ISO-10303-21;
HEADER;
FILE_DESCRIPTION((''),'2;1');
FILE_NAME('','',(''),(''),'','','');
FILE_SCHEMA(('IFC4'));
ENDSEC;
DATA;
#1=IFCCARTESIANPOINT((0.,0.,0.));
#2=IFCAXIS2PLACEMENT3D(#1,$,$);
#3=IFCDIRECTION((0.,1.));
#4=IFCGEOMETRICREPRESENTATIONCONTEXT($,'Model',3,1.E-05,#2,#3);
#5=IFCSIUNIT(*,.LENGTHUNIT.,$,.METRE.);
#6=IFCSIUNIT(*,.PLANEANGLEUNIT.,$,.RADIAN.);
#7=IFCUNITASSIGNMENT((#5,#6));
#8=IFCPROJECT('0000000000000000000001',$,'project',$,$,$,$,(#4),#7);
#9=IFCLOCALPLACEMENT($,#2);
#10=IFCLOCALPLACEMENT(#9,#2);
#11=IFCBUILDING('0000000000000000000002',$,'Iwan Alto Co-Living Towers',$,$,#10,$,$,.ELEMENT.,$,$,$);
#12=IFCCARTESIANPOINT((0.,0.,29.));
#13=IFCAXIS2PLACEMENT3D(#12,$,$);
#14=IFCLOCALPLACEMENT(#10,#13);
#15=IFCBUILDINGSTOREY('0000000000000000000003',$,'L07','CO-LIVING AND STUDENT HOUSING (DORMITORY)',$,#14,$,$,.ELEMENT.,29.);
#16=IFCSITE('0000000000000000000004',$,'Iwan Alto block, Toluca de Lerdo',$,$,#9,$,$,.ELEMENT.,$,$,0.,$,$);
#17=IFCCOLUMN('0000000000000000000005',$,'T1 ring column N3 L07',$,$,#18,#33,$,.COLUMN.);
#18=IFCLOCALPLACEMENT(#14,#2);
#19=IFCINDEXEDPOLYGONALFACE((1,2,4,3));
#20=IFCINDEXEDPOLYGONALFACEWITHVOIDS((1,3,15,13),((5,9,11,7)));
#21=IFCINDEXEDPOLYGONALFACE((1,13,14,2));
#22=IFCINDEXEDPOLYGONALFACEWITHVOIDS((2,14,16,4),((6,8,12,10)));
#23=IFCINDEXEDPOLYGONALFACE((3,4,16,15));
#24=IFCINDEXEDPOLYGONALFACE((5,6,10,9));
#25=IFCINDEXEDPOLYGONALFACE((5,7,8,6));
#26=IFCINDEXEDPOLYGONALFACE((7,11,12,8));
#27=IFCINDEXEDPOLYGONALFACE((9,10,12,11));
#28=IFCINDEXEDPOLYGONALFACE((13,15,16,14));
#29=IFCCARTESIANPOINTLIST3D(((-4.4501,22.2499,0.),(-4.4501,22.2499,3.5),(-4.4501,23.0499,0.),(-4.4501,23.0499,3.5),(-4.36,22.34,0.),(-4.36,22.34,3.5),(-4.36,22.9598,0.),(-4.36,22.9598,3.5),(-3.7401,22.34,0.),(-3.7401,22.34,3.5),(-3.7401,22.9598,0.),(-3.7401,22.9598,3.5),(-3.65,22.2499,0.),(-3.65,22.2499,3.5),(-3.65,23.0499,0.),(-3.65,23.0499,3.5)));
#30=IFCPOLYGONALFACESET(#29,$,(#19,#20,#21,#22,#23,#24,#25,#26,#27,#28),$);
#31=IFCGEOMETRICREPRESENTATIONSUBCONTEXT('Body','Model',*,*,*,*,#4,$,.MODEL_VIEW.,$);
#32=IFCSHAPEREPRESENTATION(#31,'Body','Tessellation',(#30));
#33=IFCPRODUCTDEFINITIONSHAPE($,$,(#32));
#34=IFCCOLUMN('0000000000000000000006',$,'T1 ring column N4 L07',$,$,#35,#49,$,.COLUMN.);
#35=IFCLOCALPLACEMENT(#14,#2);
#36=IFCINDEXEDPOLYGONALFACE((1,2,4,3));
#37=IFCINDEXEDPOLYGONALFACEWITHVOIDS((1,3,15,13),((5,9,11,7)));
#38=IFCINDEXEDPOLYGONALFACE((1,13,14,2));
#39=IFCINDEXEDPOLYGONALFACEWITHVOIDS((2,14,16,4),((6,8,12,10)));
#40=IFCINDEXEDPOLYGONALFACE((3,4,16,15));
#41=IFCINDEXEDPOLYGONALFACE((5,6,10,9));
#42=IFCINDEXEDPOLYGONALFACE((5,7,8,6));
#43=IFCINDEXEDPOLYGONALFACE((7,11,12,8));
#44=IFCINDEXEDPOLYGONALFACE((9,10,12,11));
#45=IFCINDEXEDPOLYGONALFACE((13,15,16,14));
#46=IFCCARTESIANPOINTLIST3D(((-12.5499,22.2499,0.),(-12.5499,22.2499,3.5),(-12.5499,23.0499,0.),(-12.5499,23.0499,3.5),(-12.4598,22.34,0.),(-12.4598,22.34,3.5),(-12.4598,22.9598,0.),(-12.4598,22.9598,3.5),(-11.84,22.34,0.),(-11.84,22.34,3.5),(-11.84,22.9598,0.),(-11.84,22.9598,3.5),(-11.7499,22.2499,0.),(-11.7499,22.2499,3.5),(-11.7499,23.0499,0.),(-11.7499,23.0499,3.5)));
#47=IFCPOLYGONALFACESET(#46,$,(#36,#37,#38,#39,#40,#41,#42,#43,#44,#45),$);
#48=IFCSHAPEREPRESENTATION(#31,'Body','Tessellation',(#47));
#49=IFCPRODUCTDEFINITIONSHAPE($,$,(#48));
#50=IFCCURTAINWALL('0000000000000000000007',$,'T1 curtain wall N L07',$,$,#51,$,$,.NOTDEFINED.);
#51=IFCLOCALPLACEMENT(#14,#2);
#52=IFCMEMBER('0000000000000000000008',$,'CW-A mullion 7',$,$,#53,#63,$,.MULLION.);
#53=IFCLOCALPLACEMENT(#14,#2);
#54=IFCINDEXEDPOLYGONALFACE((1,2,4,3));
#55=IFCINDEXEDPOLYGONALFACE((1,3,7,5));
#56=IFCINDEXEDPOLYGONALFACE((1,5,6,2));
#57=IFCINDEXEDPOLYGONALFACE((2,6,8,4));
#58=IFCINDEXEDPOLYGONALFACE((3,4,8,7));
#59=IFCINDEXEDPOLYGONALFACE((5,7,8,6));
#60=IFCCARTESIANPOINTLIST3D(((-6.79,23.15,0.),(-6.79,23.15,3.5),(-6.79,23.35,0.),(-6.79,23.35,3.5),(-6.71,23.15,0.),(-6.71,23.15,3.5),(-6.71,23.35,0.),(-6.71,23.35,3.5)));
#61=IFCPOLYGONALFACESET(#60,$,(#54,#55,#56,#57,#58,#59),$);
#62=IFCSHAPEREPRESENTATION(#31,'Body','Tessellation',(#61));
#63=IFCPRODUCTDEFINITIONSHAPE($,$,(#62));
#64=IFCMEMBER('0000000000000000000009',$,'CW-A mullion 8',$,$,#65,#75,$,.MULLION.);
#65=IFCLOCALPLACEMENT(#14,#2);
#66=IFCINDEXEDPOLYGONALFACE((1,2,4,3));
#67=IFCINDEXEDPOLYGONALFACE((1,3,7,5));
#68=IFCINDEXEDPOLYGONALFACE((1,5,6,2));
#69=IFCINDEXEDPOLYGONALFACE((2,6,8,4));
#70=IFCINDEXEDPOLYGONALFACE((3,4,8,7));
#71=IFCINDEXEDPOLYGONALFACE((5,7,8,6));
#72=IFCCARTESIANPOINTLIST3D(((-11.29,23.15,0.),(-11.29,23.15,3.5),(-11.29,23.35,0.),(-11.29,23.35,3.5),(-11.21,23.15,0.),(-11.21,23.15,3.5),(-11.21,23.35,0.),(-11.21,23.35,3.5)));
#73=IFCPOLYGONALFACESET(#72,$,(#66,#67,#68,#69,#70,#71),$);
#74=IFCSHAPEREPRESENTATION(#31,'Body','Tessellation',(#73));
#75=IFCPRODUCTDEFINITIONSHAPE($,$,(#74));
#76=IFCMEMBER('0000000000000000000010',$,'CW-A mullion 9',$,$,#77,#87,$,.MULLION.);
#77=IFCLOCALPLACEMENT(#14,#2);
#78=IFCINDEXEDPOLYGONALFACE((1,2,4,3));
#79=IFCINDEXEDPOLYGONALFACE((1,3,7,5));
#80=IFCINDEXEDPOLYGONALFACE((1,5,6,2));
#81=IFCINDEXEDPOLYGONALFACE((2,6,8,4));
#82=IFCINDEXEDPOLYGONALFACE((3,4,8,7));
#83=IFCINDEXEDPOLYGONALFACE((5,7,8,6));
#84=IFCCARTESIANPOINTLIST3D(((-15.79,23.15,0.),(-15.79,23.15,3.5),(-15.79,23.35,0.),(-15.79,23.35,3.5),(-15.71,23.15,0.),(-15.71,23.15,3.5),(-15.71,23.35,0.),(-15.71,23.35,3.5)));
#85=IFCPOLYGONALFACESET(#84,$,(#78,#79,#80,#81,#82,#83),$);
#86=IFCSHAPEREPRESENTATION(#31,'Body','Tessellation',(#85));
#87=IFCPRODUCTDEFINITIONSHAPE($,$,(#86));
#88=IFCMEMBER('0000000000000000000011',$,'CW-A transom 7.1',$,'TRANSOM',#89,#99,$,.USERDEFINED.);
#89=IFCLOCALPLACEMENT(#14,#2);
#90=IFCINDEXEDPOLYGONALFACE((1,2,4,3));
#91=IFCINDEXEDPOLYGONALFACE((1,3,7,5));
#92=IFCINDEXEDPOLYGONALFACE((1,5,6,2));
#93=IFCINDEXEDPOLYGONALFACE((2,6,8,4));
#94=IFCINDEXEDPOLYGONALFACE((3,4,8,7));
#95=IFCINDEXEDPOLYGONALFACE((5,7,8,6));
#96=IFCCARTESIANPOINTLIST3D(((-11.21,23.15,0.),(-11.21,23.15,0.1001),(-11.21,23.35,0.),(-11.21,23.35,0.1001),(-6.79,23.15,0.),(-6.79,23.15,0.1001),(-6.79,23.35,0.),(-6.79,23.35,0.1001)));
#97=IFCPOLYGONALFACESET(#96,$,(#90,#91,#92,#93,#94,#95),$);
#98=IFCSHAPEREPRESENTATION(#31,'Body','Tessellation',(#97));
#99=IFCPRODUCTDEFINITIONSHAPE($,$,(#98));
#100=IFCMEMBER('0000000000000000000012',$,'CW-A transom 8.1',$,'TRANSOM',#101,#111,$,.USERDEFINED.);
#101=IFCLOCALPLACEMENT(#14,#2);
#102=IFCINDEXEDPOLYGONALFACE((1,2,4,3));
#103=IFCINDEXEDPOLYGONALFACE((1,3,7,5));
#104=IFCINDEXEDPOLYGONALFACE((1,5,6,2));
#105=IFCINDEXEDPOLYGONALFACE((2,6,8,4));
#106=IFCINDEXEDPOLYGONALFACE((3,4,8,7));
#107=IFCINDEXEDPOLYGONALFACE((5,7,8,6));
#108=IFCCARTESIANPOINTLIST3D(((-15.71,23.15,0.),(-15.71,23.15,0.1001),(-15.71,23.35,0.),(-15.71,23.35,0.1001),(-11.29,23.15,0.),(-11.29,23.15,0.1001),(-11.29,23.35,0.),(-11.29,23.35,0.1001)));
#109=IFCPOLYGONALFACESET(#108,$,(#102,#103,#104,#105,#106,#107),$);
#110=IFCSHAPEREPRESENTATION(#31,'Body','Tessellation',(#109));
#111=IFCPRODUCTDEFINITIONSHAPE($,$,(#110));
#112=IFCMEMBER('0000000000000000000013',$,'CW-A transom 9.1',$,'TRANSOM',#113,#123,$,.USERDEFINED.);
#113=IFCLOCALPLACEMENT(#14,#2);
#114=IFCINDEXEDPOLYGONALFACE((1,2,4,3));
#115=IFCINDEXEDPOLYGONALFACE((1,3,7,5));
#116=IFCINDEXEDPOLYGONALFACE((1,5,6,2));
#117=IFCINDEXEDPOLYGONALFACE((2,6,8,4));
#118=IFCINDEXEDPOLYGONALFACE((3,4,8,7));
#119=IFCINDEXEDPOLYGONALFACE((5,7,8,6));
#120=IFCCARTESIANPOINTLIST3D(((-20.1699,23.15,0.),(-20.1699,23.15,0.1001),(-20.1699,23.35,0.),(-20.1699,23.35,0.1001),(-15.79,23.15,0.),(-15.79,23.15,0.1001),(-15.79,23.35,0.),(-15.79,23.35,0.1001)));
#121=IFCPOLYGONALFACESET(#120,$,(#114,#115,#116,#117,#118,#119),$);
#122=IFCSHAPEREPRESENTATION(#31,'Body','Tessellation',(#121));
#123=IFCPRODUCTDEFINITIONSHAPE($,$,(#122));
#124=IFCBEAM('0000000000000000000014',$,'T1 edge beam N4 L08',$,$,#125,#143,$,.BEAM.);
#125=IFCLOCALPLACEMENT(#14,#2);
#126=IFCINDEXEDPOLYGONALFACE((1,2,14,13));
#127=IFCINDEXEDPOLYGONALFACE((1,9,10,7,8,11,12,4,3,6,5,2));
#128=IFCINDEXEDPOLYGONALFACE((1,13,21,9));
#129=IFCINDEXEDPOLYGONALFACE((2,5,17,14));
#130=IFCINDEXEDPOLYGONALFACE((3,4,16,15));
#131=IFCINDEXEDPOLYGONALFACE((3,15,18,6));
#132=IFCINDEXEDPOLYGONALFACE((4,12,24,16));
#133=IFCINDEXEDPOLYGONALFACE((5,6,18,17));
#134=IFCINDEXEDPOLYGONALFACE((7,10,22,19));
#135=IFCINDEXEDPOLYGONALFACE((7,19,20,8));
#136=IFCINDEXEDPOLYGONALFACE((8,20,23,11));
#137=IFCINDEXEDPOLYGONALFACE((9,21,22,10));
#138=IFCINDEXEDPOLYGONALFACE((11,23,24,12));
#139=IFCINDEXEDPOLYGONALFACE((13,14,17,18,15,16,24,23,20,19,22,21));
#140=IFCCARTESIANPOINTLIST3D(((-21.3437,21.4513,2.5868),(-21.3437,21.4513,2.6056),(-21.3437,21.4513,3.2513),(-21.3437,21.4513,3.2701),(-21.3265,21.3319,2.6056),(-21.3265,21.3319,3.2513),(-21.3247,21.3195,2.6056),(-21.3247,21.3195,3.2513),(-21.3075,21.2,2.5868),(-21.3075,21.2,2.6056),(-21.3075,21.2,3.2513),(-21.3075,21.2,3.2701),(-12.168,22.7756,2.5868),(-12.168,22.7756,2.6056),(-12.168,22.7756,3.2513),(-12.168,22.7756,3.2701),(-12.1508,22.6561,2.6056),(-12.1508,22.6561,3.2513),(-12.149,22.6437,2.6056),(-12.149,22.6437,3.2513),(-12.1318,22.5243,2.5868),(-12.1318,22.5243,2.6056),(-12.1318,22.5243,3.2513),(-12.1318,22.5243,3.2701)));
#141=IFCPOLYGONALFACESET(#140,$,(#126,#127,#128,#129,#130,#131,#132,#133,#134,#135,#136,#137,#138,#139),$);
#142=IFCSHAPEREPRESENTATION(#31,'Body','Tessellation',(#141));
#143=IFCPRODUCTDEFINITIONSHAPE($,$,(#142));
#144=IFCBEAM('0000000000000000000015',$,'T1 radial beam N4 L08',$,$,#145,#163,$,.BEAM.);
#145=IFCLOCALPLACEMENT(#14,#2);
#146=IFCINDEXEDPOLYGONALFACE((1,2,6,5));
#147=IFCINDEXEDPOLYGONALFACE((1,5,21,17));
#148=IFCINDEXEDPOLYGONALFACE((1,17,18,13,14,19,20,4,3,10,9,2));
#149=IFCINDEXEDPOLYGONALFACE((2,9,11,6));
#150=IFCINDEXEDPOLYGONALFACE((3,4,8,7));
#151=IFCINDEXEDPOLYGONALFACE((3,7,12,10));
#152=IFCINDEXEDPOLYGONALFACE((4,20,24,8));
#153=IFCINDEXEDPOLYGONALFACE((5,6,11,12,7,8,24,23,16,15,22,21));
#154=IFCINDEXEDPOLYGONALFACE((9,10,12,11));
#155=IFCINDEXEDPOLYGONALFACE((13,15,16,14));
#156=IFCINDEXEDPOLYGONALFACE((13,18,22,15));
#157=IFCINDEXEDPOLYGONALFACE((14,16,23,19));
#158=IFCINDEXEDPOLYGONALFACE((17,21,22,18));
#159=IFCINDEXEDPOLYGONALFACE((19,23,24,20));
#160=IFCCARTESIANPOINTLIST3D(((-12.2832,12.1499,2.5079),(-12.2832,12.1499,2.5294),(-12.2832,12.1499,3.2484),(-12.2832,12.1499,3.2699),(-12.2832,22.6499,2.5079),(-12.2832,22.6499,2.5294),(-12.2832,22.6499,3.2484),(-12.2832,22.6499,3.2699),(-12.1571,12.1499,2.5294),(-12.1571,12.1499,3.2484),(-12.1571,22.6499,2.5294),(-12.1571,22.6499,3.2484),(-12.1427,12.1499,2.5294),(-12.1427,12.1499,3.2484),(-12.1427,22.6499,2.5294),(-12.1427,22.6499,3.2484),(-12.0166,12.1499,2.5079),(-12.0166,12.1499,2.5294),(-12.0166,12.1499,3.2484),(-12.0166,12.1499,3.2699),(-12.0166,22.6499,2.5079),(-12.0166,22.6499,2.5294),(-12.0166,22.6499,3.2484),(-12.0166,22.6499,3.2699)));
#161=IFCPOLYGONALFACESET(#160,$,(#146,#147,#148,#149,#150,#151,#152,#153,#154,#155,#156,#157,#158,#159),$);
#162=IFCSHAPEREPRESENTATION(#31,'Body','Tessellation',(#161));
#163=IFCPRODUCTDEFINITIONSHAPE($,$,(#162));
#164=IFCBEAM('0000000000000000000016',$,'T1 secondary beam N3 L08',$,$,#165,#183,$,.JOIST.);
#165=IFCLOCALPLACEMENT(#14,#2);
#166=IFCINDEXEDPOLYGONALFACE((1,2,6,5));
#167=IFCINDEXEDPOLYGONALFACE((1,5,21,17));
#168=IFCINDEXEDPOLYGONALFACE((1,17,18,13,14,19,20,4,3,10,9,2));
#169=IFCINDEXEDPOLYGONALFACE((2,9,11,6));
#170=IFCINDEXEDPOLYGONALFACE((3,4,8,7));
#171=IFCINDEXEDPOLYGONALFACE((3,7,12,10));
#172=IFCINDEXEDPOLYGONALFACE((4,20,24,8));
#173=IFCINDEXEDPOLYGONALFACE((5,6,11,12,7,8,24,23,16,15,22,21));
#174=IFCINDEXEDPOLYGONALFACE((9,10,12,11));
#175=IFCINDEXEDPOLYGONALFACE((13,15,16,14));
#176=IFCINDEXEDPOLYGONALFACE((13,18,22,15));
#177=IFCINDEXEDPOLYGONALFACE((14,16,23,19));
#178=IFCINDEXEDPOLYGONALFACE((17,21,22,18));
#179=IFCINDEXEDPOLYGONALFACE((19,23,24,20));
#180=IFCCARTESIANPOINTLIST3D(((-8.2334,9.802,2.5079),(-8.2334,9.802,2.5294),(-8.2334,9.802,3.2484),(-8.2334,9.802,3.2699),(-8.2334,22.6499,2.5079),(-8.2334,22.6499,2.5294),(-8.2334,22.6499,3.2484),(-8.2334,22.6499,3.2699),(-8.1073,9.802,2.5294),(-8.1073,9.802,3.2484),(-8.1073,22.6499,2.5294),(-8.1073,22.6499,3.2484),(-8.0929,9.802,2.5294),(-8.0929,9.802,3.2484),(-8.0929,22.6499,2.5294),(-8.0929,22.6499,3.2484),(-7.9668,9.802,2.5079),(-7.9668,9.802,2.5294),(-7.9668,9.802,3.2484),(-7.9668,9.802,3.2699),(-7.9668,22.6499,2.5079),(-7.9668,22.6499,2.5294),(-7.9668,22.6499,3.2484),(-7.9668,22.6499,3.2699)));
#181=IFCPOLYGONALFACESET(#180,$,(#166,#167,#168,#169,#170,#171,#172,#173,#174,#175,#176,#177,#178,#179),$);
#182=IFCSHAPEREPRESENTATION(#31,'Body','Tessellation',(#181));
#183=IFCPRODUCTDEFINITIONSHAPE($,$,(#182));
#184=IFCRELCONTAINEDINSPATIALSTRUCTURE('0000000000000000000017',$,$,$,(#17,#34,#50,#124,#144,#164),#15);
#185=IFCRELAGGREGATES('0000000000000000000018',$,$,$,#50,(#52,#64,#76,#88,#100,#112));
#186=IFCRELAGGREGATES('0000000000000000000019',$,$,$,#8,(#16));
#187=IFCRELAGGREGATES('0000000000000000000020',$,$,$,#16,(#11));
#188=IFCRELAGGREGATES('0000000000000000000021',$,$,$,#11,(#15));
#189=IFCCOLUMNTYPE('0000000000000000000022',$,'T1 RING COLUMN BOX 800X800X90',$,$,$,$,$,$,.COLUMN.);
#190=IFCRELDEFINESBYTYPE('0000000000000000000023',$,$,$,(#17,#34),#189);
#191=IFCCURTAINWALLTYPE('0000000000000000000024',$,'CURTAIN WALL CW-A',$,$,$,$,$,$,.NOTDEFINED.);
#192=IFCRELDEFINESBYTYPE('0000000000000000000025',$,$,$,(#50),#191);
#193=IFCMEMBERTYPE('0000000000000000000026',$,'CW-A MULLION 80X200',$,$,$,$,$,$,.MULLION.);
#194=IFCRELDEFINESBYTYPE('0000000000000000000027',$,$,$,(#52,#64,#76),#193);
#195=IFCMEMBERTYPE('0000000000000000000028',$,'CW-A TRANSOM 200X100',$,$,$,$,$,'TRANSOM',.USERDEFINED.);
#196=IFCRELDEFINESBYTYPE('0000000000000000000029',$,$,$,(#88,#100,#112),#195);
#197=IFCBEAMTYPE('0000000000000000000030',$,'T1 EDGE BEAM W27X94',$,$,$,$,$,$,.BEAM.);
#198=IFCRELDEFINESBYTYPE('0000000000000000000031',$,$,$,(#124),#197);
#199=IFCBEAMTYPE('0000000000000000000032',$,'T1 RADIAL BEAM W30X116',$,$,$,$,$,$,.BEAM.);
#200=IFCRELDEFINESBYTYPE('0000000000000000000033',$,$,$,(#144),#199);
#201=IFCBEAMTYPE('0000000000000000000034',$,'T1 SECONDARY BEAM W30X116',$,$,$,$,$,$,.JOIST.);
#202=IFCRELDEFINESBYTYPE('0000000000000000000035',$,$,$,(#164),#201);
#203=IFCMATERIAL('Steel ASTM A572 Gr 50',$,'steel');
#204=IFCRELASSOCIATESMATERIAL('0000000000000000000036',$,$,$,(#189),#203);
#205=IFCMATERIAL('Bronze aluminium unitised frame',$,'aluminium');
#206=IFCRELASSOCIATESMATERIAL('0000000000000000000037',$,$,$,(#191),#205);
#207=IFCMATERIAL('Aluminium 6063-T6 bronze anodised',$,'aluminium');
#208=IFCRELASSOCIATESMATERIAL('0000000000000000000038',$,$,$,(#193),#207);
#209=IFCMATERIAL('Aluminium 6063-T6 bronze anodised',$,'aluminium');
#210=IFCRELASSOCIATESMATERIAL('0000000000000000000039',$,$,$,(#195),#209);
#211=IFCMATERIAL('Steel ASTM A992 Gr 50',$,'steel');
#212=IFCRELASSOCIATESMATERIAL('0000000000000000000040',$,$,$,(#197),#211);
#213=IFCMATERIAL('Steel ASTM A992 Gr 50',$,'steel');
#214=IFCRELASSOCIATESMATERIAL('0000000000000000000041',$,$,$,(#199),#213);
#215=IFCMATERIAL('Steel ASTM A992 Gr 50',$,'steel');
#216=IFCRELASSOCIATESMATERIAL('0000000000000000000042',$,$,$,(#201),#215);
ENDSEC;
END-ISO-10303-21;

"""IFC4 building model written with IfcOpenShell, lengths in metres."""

from ifc_helpers import new_model, si_unit, direction, frame, origin, origin_2d, place, context, subcontext, project, spatial, rectangle, hollow_rectangle, i_section, extrude, material, material_profile, profile_set, type_object, element, aggregate, save


model = new_model("IFC4")

# Units and contexts
model_context = context("Model", 3, precision=1e-05, world=origin(), true_north=direction((0.0, 1.0)))
body_context = subcontext(model_context, "Body", "Model", "MODEL_VIEW")
ifc_project = project(units=[si_unit("LENGTHUNIT", "METRE"), si_unit("PLANEANGLEUNIT", "RADIAN")], contexts=[model_context])

# Site, building, storey
site_placement = place(None, origin())
site = spatial("IfcSite", under=ifc_project, at=site_placement, Name="Iwan Alto block, Toluca de Lerdo", CompositionType="ELEMENT", RefElevation=0.0)
building_placement = place(site_placement, origin())
building = spatial("IfcBuilding", under=site, at=building_placement, Name="Iwan Alto Co-Living Towers", CompositionType="ELEMENT")
storey_placement = place(building_placement, frame((0.0, 0.0, 29.0)))
storey = spatial("IfcBuildingStorey", under=building, at=storey_placement, Name="L07", Description="CO-LIVING AND STUDENT HOUSING (DORMITORY)", CompositionType="ELEMENT", Elevation=29.0)

# Columns
ifc_material_1 = material(Name="Steel ASTM A572 Gr 50", Category="steel")
ifc_material_profile_1 = material_profile(ifc_material_1, hollow_rectangle(XDim=0.8, YDim=0.8, WallThickness=0.0901, at=origin_2d()), Name="BOX 800X800X90")
ifc_profile_set_1 = profile_set([ifc_material_profile_1], Name="Steel ASTM A572 Gr 50")
column_type = type_object("IfcColumnType", Name="T1 RING COLUMN BOX 800X800X90", PredefinedType="COLUMN", material=ifc_profile_set_1)
for number, where, z_axis, x_axis, name in (
    (1, (-4.05, 22.6499, 0.0), (0.0, 0.0, 1.0), (1.0, 0.0, 0.0), "T1 ring column N3 L07"),
    (2, (-12.1499, 22.6499, 0.0), (0.0, 0.0, 1.0), (1.0, 0.0, 0.0), "T1 ring column N4 L07"),
):
    element("IfcColumn", number, at=place(storey_placement, frame(where, z_axis=z_axis, x_axis=x_axis)), inside=storey, type_object=column_type, Name=name, PredefinedType="COLUMN", context=body_context, shape_type="SweptSolid", body=[
        extrude(hollow_rectangle(XDim=0.8, YDim=0.8, WallThickness=0.0901, at=origin_2d()), origin(), (0.0, 0.0, 1.0), 3.5),
    ])

# Curtain wall, members
ifc_material_2 = material(Name="Bronze aluminium unitised frame", Category="aluminium")
curtain_wall_type = type_object("IfcCurtainWallType", Name="CURTAIN WALL CW-A", PredefinedType="NOTDEFINED", material=ifc_material_2)
curtain_wall_placement = place(storey_placement, origin())
curtain_wall = element("IfcCurtainWall", 3, at=curtain_wall_placement, inside=storey, type_object=curtain_wall_type, Name="T1 curtain wall N L07", PredefinedType="NOTDEFINED")
ifc_material_3 = material(Name="Aluminium 6063-T6 bronze anodised", Category="aluminium")
ifc_material_profile_2 = material_profile(ifc_material_3, rectangle(XDim=0.2, YDim=0.0801, at=origin_2d()), Name="AL 80X200")
ifc_profile_set_2 = profile_set([ifc_material_profile_2], Name="Aluminium 6063-T6 bronze anodised")
member_type_1 = type_object("IfcMemberType", Name="CW-A MULLION 80X200", PredefinedType="MULLION", material=ifc_profile_set_2)
member_1_placement = place(storey_placement, frame((-6.75, 23.25, 0.0), z_axis=(0.0, 0.0, 1.0), x_axis=(0.0, -1.0, 0.0)))
member_1 = element("IfcMember", 4, at=member_1_placement, type_object=member_type_1, Name="CW-A mullion 7", PredefinedType="MULLION", context=body_context, shape_type="SweptSolid", body=[
    extrude(rectangle(XDim=0.2, YDim=0.0801, at=origin_2d()), origin(), (0.0, 0.0, 1.0), 3.5),
])
member_2_placement = place(storey_placement, frame((-11.25, 23.25, 0.0), z_axis=(0.0, 0.0, 1.0), x_axis=(0.0, -1.0, 0.0)))
member_2 = element("IfcMember", 5, at=member_2_placement, type_object=member_type_1, Name="CW-A mullion 8", PredefinedType="MULLION", context=body_context, shape_type="SweptSolid", body=[
    extrude(rectangle(XDim=0.2, YDim=0.0801, at=origin_2d()), origin(), (0.0, 0.0, 1.0), 3.5),
])
member_3_placement = place(storey_placement, frame((-15.75, 23.25, 0.0), z_axis=(0.0, 0.0, 1.0), x_axis=(0.0, -1.0, 0.0)))
member_3 = element("IfcMember", 6, at=member_3_placement, type_object=member_type_1, Name="CW-A mullion 9", PredefinedType="MULLION", context=body_context, shape_type="SweptSolid", body=[
    extrude(rectangle(XDim=0.2, YDim=0.0801, at=origin_2d()), origin(), (0.0, 0.0, 1.0), 3.5),
])
ifc_material_4 = material(Name="Aluminium 6063-T6 bronze anodised", Category="aluminium")
ifc_material_profile_3 = material_profile(ifc_material_4, rectangle(XDim=0.2, YDim=0.1001, at=origin_2d()), Name="AL 200X100")
ifc_profile_set_3 = profile_set([ifc_material_profile_3], Name="Aluminium 6063-T6 bronze anodised")
member_type_2 = type_object("IfcMemberType", Name="CW-A TRANSOM 200X100", ElementType="TRANSOM", PredefinedType="USERDEFINED", material=ifc_profile_set_3)
member_4_placement = place(storey_placement, frame((-6.79, 23.25, 0.05), z_axis=(-1.0, 0.0, 0.0), x_axis=(0.0, -1.0, 0.0)))
member_4 = element("IfcMember", 7, at=member_4_placement, type_object=member_type_2, Name="CW-A transom 7.1", ObjectType="TRANSOM", PredefinedType="USERDEFINED", context=body_context, shape_type="SweptSolid", body=[
    extrude(rectangle(XDim=0.2, YDim=0.1001, at=origin_2d()), origin(), (0.0, 0.0, 1.0), 4.4199),
])
member_5_placement = place(storey_placement, frame((-11.29, 23.25, 0.05), z_axis=(-1.0, 0.0, 0.0), x_axis=(0.0, -1.0, 0.0)))
member_5 = element("IfcMember", 8, at=member_5_placement, type_object=member_type_2, Name="CW-A transom 8.1", ObjectType="TRANSOM", PredefinedType="USERDEFINED", context=body_context, shape_type="SweptSolid", body=[
    extrude(rectangle(XDim=0.2, YDim=0.1001, at=origin_2d()), origin(), (0.0, 0.0, 1.0), 4.4199),
])
member_6_placement = place(storey_placement, frame((-15.79, 23.25, 0.05), z_axis=(-1.0, 0.0, 0.0), x_axis=(0.0, -1.0, 0.0)))
member_6 = element("IfcMember", 9, at=member_6_placement, type_object=member_type_2, Name="CW-A transom 9.1", ObjectType="TRANSOM", PredefinedType="USERDEFINED", context=body_context, shape_type="SweptSolid", body=[
    extrude(rectangle(XDim=0.2, YDim=0.1001, at=origin_2d()), origin(), (0.0, 0.0, 1.0), 4.3799),
])

# Beams
ifc_material_5 = material(Name="Steel ASTM A992 Gr 50", Category="steel")
ifc_material_profile_4 = material_profile(ifc_material_5, i_section(OverallWidth=0.2539, OverallDepth=0.6833, WebThickness=0.0125, FlangeThickness=0.0188, at=origin_2d()), Name="W27X94")
ifc_profile_set_4 = profile_set([ifc_material_profile_4], Name="Steel ASTM A992 Gr 50")
beam_type_1 = type_object("IfcBeamType", Name="T1 EDGE BEAM W27X94", PredefinedType="BEAM", material=ifc_profile_set_4)
beam_1_placement = place(storey_placement, frame((-12.1499, 22.6499, 2.9285), z_axis=(-0.989746, -0.142837, 0.0), x_axis=(0.142837, -0.989746, 0.0)))
element("IfcBeam", 10, at=beam_1_placement, inside=storey, type_object=beam_type_1, Name="T1 edge beam N4 L08", PredefinedType="BEAM", context=body_context, shape_type="SweptSolid", body=[
    extrude(i_section(OverallWidth=0.2539, OverallDepth=0.6833, WebThickness=0.0125, FlangeThickness=0.0188, at=origin_2d()), origin(), (0.0, 0.0, 1.0), 9.2708),
])
ifc_material_6 = material(Name="Steel ASTM A992 Gr 50", Category="steel")
ifc_material_profile_5 = material_profile(ifc_material_6, i_section(OverallWidth=0.2666, OverallDepth=0.762, WebThickness=0.0144, FlangeThickness=0.0215, at=origin_2d()), Name="W30X116")
ifc_profile_set_5 = profile_set([ifc_material_profile_5], Name="Steel ASTM A992 Gr 50")
beam_type_2 = type_object("IfcBeamType", Name="T1 RADIAL BEAM W30X116", PredefinedType="BEAM", material=ifc_profile_set_5)
beam_2_placement = place(storey_placement, frame((-12.1499, 22.6499, 2.8889), z_axis=(0.0, -1.0, 0.0), x_axis=(1.0, 0.0, 0.0)))
element("IfcBeam", 11, at=beam_2_placement, inside=storey, type_object=beam_type_2, Name="T1 radial beam N4 L08", PredefinedType="BEAM", context=body_context, shape_type="SweptSolid", body=[
    extrude(i_section(OverallWidth=0.2666, OverallDepth=0.762, WebThickness=0.0144, FlangeThickness=0.0215, at=origin_2d()), origin(), (0.0, 0.0, 1.0), 10.5),
])
ifc_material_7 = material(Name="Steel ASTM A992 Gr 50", Category="steel")
ifc_material_profile_6 = material_profile(ifc_material_7, i_section(OverallWidth=0.2666, OverallDepth=0.762, WebThickness=0.0144, FlangeThickness=0.0215, at=origin_2d()), Name="W30X116")
ifc_profile_set_6 = profile_set([ifc_material_profile_6], Name="Steel ASTM A992 Gr 50")
beam_type_3 = type_object("IfcBeamType", Name="T1 SECONDARY BEAM W30X116", PredefinedType="JOIST", material=ifc_profile_set_6)
beam_3_placement = place(storey_placement, frame((-8.1001, 22.6499, 2.8889), z_axis=(0.0, -1.0, 0.0), x_axis=(1.0, 0.0, 0.0)))
element("IfcBeam", 12, at=beam_3_placement, inside=storey, type_object=beam_type_3, Name="T1 secondary beam N3 L08", PredefinedType="JOIST", context=body_context, shape_type="SweptSolid", body=[
    extrude(i_section(OverallWidth=0.2666, OverallDepth=0.762, WebThickness=0.0144, FlangeThickness=0.0215, at=origin_2d()), origin(), (0.0, 0.0, 1.0), 12.8479),
])

aggregate(curtain_wall, [member_1, member_2, member_3, member_4, member_5, member_6])

save(model, "model.ifc")
